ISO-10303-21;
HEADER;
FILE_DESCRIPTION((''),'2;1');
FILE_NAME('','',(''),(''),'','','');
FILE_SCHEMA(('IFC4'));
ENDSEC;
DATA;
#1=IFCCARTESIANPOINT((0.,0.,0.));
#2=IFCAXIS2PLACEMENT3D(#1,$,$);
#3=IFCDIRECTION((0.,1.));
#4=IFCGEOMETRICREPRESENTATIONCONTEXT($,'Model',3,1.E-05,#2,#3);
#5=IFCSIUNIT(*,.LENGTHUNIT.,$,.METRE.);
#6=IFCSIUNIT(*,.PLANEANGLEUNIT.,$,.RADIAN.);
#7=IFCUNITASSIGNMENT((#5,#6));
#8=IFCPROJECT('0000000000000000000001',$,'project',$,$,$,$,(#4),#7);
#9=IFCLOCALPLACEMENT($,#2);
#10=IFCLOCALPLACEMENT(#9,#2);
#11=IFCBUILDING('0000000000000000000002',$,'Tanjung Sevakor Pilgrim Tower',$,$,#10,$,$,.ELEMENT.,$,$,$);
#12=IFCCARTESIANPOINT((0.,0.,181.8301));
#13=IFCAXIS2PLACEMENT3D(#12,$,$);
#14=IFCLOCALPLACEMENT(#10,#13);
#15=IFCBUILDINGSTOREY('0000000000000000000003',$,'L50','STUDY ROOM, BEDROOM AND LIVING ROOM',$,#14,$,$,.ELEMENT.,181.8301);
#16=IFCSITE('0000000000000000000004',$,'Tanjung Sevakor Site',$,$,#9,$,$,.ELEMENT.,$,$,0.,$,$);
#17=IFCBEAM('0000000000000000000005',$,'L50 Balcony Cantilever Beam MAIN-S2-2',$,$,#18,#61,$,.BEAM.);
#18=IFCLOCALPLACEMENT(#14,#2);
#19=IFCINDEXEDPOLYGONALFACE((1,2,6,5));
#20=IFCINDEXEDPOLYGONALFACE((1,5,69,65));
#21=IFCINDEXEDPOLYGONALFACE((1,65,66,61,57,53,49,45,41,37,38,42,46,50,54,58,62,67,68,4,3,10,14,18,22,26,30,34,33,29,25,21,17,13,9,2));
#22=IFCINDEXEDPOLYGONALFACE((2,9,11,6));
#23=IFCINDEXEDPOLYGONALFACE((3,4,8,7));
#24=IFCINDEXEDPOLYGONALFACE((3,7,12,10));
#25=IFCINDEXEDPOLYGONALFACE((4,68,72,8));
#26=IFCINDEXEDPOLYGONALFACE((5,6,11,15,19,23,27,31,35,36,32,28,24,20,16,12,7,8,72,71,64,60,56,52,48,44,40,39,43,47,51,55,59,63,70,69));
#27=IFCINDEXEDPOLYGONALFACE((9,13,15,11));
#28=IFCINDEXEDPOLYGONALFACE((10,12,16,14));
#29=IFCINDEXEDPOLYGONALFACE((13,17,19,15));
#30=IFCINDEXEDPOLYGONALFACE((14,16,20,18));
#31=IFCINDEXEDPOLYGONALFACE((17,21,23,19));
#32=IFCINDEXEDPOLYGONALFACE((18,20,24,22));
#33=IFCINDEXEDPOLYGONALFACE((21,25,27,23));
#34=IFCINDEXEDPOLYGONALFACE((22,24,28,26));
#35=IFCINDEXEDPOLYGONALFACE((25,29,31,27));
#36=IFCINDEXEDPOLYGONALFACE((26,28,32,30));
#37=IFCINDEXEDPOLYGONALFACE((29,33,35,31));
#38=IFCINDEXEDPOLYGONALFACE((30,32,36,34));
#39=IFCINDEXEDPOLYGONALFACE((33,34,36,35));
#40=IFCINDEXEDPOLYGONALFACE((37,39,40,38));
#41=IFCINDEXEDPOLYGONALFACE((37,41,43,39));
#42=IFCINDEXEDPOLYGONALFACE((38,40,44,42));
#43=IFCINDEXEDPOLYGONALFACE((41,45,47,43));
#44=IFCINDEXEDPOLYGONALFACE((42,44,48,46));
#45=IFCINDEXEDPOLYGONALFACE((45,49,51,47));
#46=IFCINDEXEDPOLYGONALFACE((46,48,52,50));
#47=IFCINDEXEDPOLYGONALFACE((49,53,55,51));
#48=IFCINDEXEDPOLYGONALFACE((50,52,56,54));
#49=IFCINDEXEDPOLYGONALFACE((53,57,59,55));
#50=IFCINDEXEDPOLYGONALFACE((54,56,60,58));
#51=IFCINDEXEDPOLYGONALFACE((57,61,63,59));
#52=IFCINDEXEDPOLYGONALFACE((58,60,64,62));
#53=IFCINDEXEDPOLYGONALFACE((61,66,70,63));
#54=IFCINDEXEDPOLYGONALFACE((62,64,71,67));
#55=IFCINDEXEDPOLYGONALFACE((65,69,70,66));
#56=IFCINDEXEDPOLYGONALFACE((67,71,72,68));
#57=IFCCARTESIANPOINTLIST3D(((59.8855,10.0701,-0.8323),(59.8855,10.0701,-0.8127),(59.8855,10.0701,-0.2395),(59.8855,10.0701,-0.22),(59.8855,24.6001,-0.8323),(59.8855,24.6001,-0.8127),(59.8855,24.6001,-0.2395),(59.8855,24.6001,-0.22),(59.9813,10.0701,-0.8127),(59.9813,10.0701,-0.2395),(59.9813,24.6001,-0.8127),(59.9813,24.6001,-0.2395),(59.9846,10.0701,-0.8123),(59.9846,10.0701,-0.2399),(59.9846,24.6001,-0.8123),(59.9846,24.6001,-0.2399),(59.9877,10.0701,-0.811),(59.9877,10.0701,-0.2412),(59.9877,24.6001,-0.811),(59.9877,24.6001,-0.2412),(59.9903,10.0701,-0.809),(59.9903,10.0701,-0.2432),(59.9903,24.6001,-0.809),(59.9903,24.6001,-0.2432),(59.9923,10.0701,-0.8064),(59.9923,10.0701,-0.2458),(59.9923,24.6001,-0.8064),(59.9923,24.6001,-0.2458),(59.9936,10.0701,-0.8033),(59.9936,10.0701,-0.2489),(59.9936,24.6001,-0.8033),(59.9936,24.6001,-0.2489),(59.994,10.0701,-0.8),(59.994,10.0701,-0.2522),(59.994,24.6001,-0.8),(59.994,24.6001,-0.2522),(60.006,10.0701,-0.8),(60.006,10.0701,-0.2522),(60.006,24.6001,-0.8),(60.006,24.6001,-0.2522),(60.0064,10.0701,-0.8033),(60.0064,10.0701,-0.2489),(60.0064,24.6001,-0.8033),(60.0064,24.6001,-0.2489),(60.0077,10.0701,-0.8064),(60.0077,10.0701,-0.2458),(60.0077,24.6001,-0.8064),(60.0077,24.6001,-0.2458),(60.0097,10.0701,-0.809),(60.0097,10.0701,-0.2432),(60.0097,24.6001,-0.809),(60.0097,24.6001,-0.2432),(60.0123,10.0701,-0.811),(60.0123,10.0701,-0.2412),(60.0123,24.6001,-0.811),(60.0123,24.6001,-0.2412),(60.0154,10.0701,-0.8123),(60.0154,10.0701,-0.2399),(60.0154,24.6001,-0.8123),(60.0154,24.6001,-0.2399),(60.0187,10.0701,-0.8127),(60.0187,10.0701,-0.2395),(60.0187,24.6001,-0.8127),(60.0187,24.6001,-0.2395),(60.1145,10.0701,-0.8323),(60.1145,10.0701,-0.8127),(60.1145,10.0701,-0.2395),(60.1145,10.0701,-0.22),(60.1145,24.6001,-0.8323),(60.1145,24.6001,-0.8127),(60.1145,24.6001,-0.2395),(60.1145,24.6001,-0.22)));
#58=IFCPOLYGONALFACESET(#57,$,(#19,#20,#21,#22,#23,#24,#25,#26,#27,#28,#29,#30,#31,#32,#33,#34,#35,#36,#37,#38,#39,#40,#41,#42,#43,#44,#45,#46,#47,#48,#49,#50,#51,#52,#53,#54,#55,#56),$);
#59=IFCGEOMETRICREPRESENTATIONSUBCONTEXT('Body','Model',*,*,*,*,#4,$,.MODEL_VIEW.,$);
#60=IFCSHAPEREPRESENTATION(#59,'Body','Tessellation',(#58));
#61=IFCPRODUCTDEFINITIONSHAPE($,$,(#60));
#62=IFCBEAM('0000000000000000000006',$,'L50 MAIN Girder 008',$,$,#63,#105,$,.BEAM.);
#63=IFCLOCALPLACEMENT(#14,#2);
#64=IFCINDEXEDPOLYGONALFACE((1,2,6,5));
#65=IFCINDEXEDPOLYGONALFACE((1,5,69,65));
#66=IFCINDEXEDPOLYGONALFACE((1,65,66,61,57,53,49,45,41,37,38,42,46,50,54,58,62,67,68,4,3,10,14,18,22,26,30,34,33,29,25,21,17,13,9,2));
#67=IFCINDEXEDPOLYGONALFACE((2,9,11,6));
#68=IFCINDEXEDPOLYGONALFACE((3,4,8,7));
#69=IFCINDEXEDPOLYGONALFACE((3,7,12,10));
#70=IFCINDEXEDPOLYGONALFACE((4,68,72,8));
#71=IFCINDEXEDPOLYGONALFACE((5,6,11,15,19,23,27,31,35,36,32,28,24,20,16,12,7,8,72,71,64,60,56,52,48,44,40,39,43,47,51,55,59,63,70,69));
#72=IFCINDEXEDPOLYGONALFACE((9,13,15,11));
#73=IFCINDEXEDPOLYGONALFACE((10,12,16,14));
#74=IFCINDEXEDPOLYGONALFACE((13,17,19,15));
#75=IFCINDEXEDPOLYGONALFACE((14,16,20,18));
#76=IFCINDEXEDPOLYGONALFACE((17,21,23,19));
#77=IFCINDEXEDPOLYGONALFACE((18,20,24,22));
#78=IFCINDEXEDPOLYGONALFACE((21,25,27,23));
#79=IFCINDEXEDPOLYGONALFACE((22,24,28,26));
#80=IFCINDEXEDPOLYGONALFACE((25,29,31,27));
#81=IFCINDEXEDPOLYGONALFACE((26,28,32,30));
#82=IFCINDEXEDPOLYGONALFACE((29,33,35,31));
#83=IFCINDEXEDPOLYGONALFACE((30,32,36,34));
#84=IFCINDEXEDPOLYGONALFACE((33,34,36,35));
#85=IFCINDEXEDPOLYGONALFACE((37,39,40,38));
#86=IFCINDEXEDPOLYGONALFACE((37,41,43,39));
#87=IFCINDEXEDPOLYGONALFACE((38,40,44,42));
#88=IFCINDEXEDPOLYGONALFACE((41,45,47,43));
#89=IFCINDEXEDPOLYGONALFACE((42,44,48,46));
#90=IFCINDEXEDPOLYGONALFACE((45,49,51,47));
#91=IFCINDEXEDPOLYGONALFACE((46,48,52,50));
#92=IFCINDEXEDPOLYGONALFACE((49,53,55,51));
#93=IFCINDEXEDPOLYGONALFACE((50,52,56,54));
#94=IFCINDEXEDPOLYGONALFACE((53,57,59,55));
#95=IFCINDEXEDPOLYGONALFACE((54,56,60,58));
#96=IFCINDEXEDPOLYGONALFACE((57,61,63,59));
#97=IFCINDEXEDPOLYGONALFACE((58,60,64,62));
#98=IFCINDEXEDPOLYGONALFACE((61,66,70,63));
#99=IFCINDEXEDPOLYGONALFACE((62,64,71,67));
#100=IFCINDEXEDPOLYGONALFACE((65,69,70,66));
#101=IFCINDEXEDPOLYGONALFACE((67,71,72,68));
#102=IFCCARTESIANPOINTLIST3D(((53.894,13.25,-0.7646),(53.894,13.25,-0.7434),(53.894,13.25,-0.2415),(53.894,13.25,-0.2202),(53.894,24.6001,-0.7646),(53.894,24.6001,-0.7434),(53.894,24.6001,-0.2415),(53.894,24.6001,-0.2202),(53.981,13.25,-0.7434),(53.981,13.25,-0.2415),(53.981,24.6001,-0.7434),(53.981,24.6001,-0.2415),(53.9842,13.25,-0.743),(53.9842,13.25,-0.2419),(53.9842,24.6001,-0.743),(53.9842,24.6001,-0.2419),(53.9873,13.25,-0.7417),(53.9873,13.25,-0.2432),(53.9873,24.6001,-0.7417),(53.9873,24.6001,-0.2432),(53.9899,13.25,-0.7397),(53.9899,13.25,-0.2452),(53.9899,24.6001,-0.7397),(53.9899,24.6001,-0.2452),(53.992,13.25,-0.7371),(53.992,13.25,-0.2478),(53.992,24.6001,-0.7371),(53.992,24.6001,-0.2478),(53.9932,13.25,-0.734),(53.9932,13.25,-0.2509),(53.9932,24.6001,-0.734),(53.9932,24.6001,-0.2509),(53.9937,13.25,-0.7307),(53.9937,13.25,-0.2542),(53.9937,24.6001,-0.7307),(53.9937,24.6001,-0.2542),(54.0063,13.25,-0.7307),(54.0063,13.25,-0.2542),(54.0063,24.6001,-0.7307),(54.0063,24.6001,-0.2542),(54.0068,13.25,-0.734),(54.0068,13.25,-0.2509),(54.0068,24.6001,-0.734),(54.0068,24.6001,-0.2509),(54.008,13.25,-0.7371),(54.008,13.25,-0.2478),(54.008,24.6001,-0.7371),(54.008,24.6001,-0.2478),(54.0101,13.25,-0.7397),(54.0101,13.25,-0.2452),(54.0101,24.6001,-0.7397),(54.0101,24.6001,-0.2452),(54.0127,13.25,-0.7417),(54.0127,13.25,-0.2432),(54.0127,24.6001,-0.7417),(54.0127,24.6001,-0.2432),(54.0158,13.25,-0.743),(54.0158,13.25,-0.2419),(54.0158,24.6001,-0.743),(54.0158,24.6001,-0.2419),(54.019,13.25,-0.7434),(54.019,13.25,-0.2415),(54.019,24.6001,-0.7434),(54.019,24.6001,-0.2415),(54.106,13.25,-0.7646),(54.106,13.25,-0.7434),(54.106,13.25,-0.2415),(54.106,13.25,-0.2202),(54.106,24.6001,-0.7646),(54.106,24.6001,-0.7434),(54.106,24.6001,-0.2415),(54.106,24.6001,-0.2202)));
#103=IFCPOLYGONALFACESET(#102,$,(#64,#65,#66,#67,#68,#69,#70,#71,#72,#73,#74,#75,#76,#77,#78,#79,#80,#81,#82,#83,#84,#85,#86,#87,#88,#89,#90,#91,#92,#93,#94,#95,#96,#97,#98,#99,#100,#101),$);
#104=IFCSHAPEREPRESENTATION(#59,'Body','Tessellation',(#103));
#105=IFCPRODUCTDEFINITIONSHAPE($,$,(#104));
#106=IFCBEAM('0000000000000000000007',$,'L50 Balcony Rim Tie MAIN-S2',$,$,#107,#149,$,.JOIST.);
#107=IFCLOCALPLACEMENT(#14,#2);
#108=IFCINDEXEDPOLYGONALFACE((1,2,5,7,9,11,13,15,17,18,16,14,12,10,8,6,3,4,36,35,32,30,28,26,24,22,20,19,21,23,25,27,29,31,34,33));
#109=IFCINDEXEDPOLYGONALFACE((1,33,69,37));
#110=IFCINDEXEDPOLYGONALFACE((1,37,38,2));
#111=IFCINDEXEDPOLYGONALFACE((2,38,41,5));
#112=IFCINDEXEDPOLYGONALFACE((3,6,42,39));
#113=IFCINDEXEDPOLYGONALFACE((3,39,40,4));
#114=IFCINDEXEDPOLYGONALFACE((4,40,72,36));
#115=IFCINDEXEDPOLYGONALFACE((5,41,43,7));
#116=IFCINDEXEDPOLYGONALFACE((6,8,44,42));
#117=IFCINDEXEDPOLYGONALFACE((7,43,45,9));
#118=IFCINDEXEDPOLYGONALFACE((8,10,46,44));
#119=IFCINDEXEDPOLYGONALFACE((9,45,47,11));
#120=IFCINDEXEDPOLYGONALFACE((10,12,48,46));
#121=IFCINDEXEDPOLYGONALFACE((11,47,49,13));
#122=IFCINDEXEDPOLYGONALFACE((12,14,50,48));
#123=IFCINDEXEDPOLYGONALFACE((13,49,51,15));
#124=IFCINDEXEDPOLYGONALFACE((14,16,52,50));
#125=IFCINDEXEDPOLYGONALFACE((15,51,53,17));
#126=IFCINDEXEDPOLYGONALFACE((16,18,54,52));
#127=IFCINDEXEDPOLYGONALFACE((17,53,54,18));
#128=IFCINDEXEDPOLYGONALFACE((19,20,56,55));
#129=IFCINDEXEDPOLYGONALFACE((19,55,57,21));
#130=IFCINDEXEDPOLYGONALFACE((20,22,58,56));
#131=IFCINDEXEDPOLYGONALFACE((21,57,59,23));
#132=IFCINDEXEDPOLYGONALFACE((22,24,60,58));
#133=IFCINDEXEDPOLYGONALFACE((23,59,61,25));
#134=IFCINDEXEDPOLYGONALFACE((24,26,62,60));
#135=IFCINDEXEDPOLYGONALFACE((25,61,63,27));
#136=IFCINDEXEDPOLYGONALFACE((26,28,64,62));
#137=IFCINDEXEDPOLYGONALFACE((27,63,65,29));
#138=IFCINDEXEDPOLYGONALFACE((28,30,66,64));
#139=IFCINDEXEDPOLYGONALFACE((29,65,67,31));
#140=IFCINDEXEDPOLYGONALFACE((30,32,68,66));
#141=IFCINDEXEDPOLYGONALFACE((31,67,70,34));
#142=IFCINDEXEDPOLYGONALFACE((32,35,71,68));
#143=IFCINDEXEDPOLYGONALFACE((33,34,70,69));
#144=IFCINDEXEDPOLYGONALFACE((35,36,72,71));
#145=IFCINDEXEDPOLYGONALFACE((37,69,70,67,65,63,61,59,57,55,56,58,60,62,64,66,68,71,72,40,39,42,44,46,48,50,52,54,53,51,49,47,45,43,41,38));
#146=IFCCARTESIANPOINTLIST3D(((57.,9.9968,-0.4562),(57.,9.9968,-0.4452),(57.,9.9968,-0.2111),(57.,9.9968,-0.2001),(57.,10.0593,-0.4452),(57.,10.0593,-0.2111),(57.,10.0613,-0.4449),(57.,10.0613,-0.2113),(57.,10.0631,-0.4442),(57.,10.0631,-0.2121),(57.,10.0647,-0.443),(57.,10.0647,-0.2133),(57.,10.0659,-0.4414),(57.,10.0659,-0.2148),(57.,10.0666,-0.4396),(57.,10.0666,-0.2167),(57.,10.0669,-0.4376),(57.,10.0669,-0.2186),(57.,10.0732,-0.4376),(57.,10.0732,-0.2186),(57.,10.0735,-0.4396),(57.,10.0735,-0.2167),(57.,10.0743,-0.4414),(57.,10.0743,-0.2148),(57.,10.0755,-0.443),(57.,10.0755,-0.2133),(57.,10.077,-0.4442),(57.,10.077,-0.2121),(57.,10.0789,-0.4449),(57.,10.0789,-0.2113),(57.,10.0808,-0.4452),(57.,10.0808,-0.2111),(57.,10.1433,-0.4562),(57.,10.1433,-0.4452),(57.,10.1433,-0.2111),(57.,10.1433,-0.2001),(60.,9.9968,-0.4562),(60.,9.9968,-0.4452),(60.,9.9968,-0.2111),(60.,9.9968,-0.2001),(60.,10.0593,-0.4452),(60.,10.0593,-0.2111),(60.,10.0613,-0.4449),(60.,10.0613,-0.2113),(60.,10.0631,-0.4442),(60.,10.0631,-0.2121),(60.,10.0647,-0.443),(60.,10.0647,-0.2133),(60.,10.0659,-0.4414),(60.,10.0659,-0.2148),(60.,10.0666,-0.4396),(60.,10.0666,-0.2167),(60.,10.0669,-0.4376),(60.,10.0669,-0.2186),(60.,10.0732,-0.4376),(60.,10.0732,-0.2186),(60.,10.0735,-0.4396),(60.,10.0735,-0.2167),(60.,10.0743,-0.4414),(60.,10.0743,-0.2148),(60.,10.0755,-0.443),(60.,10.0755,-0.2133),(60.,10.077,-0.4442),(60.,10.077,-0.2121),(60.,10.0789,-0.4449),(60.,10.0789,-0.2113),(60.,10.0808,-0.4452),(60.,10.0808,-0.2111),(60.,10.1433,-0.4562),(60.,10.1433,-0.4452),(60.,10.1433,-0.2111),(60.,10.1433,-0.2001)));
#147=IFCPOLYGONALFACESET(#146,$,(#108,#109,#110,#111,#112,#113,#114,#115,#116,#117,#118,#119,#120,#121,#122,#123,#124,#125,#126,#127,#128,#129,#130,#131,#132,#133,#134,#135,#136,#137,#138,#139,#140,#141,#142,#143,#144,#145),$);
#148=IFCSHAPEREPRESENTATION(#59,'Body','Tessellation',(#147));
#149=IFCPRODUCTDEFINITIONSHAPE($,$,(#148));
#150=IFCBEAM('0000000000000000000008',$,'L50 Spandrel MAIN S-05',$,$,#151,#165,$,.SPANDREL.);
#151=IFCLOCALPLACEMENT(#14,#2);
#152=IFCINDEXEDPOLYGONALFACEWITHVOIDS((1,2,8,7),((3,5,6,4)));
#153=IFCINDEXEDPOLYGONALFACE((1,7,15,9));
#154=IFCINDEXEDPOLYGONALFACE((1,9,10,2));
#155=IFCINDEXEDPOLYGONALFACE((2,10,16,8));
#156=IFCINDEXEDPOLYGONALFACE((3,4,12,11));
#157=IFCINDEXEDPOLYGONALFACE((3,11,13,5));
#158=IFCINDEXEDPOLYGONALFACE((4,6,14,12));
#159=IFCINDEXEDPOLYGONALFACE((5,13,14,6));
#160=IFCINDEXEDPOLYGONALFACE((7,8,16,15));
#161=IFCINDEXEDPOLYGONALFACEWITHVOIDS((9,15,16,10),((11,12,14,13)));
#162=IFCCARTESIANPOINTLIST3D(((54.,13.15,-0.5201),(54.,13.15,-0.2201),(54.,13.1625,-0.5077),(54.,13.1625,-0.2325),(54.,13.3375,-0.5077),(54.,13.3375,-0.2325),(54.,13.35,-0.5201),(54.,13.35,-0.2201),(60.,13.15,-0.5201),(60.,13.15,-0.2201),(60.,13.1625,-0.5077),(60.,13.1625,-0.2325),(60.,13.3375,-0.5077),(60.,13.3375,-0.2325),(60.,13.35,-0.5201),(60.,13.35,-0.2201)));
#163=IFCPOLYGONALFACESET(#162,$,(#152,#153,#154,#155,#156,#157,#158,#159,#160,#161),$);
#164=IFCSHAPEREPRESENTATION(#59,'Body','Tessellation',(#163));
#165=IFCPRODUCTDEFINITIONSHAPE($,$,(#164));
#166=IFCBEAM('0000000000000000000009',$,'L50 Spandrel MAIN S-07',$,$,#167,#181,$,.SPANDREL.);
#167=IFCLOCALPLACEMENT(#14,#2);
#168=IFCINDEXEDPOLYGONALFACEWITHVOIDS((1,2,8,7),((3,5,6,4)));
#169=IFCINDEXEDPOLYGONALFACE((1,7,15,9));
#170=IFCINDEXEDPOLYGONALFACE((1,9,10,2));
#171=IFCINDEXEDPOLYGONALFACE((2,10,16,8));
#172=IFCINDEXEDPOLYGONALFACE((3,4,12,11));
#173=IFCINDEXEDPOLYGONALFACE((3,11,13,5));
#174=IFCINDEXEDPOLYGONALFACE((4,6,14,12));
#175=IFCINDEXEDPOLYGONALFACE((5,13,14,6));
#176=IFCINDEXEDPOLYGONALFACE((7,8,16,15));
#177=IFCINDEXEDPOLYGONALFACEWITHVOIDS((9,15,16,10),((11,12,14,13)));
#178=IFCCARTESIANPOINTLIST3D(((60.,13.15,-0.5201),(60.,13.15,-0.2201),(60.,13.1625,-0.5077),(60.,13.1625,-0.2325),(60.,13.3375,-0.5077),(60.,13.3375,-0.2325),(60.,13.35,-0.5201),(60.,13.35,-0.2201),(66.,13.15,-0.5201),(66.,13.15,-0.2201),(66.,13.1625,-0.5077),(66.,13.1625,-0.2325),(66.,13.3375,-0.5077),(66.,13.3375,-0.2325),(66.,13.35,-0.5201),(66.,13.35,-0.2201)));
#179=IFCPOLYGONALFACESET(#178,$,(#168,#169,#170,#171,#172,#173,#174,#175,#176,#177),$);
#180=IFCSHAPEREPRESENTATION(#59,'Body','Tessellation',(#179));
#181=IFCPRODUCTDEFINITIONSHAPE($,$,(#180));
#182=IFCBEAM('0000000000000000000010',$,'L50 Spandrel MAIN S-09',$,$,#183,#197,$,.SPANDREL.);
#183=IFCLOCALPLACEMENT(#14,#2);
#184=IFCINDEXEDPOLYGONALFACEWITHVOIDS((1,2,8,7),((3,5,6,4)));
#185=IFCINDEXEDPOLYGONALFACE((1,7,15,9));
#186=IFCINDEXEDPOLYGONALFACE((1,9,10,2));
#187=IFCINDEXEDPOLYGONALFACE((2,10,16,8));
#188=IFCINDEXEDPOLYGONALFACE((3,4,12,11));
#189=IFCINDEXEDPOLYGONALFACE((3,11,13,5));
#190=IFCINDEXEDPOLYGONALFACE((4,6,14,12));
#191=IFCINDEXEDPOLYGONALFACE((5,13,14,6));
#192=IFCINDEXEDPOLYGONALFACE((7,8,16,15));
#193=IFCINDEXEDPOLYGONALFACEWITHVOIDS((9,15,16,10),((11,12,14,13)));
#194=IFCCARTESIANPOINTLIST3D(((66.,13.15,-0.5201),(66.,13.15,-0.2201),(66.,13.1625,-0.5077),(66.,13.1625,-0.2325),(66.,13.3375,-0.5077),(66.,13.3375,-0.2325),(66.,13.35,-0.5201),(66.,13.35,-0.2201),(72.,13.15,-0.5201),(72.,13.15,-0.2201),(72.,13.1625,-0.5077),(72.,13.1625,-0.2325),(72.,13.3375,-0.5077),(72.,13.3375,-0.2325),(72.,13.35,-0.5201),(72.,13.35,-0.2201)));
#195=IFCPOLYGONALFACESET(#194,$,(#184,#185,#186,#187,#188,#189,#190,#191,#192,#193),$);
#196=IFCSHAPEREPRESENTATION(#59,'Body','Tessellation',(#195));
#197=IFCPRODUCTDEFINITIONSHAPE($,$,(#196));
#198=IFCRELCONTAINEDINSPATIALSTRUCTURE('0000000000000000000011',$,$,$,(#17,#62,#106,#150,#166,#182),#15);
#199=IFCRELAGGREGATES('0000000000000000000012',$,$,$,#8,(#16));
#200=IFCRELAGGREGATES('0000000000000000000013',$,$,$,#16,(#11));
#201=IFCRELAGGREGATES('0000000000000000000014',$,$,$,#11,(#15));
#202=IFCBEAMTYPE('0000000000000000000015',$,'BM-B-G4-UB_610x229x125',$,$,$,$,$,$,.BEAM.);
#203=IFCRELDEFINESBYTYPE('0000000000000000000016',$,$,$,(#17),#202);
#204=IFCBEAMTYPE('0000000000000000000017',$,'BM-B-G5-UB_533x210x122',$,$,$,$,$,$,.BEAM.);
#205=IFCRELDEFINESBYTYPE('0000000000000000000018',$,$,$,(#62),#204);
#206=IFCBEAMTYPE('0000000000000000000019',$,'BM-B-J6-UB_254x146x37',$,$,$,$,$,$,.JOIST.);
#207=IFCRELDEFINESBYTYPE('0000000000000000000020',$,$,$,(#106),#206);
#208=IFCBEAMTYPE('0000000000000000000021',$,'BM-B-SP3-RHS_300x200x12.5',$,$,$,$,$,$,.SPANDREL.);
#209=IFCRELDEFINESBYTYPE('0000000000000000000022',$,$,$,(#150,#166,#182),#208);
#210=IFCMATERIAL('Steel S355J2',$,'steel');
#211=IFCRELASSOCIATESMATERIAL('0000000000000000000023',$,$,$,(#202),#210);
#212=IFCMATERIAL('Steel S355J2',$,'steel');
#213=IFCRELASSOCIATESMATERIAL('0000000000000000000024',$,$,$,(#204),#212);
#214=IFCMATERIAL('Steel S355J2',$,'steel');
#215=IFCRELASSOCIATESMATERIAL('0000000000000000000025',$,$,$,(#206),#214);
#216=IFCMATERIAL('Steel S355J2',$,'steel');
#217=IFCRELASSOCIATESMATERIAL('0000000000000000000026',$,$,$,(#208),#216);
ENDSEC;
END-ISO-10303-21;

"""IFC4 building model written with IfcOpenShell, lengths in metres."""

from ifc_helpers import new_model, si_unit, direction, frame, origin, origin_2d, place, context, subcontext, project, spatial, hollow_rectangle, i_section, extrude, material, material_profile, profile_set, type_object, element, save


model = new_model("IFC4")

# Units and contexts
model_context = context("Model", 3, precision=1e-05, world=origin(), true_north=direction((0.0, 1.0)))
body_context = subcontext(model_context, "Body", "Model", "MODEL_VIEW")
ifc_project = project(units=[si_unit("LENGTHUNIT", "METRE"), si_unit("PLANEANGLEUNIT", "RADIAN")], contexts=[model_context])

# Site, building, storey
site_placement = place(None, origin())
site = spatial("IfcSite", under=ifc_project, at=site_placement, Name="Tanjung Sevakor Site", CompositionType="ELEMENT", RefElevation=0.0)
building_placement = place(site_placement, origin())
building = spatial("IfcBuilding", under=site, at=building_placement, Name="Tanjung Sevakor Pilgrim Tower", CompositionType="ELEMENT")
storey_placement = place(building_placement, frame((0.0, 0.0, 181.8301)))
storey = spatial("IfcBuildingStorey", under=building, at=storey_placement, Name="L50", Description="STUDY ROOM, BEDROOM AND LIVING ROOM", CompositionType="ELEMENT", Elevation=181.8301)

# Beams
ifc_material_1 = material(Name="Steel S355J2", Category="steel")
ifc_material_profile_1 = material_profile(ifc_material_1, i_section(OverallWidth=0.229, OverallDepth=0.6123, WebThickness=0.012, FlangeThickness=0.0195, FilletRadius=0.0127, at=origin_2d()))
ifc_profile_set_1 = profile_set([ifc_material_profile_1], Name="Steel S355J2")
beam_type_1 = type_object("IfcBeamType", Name="BM-B-G4-UB_610x229x125", PredefinedType="BEAM", material=ifc_profile_set_1)
beam_1_placement = place(storey_placement, frame((60.0, 24.6001, -0.5261), z_axis=(0.0, -1.0, 0.0), x_axis=(1.0, 0.0, 0.0)))
element("IfcBeam", 1, at=beam_1_placement, inside=storey, type_object=beam_type_1, Name="L50 Balcony Cantilever Beam MAIN-S2-2", PredefinedType="BEAM", context=body_context, shape_type="SweptSolid", body=[
    extrude(i_section(OverallWidth=0.229, OverallDepth=0.6123, WebThickness=0.012, FlangeThickness=0.0195, FilletRadius=0.0127, at=origin_2d()), origin(), (0.0, 0.0, 1.0), 14.53),
])
ifc_material_2 = material(Name="Steel S355J2", Category="steel")
ifc_material_profile_2 = material_profile(ifc_material_2, i_section(OverallWidth=0.2119, OverallDepth=0.5444, WebThickness=0.0127, FlangeThickness=0.0212, FilletRadius=0.0127, at=origin_2d()))
ifc_profile_set_2 = profile_set([ifc_material_profile_2], Name="Steel S355J2")
beam_type_2 = type_object("IfcBeamType", Name="BM-B-G5-UB_533x210x122", PredefinedType="BEAM", material=ifc_profile_set_2)
beam_2_placement = place(storey_placement, frame((54.0, 13.25, -0.4924), z_axis=(0.0, 1.0, 0.0), x_axis=(-1.0, 0.0, 0.0)))
element("IfcBeam", 2, at=beam_2_placement, inside=storey, type_object=beam_type_2, Name="L50 MAIN Girder 008", PredefinedType="BEAM", context=body_context, shape_type="SweptSolid", body=[
    extrude(i_section(OverallWidth=0.2119, OverallDepth=0.5444, WebThickness=0.0127, FlangeThickness=0.0212, FilletRadius=0.0127, at=origin_2d()), origin(), (0.0, 0.0, 1.0), 11.3501),
])
ifc_material_3 = material(Name="Steel S355J2", Category="steel")
ifc_material_profile_3 = material_profile(ifc_material_3, i_section(OverallWidth=0.1465, OverallDepth=0.2561, WebThickness=0.0063, FlangeThickness=0.011, FilletRadius=0.0076, at=origin_2d()))
ifc_profile_set_3 = profile_set([ifc_material_profile_3], Name="Steel S355J2")
beam_type_3 = type_object("IfcBeamType", Name="BM-B-J6-UB_254x146x37", PredefinedType="JOIST", material=ifc_profile_set_3)
beam_3_placement = place(storey_placement, frame((57.0, 10.0701, -0.3281), z_axis=(1.0, 0.0, 0.0), x_axis=(0.0, 1.0, 0.0)))
element("IfcBeam", 3, at=beam_3_placement, inside=storey, type_object=beam_type_3, Name="L50 Balcony Rim Tie MAIN-S2", PredefinedType="JOIST", context=body_context, shape_type="SweptSolid", body=[
    extrude(i_section(OverallWidth=0.1465, OverallDepth=0.2561, WebThickness=0.0063, FlangeThickness=0.011, FilletRadius=0.0076, at=origin_2d()), origin(), (0.0, 0.0, 1.0), 3.0),
])
ifc_material_4 = material(Name="Steel S355J2", Category="steel")
ifc_material_profile_4 = material_profile(ifc_material_4, hollow_rectangle(XDim=0.2, YDim=0.3, WallThickness=0.0125, at=origin_2d()))
ifc_profile_set_4 = profile_set([ifc_material_profile_4], Name="Steel S355J2")
beam_type_4 = type_object("IfcBeamType", Name="BM-B-SP3-RHS_300x200x12.5", PredefinedType="SPANDREL", material=ifc_profile_set_4)
for number, where, z_axis, x_axis, name in (
    (4, (54.0, 13.25, -0.3701), (1.0, 0.0, 0.0), (0.0, 1.0, 0.0), "L50 Spandrel MAIN S-05"),
    (5, (60.0, 13.25, -0.3701), (1.0, 0.0, 0.0), (0.0, 1.0, 0.0), "L50 Spandrel MAIN S-07"),
    (6, (66.0, 13.25, -0.3701), (1.0, 0.0, 0.0), (0.0, 1.0, 0.0), "L50 Spandrel MAIN S-09"),
):
    element("IfcBeam", number, at=place(storey_placement, frame(where, z_axis=z_axis, x_axis=x_axis)), inside=storey, type_object=beam_type_4, Name=name, PredefinedType="SPANDREL", context=body_context, shape_type="SweptSolid", body=[
        extrude(hollow_rectangle(XDim=0.2, YDim=0.3, WallThickness=0.0125, at=origin_2d()), origin(), (0.0, 0.0, 1.0), 6.0),
    ])

save(model, "model.ifc")
